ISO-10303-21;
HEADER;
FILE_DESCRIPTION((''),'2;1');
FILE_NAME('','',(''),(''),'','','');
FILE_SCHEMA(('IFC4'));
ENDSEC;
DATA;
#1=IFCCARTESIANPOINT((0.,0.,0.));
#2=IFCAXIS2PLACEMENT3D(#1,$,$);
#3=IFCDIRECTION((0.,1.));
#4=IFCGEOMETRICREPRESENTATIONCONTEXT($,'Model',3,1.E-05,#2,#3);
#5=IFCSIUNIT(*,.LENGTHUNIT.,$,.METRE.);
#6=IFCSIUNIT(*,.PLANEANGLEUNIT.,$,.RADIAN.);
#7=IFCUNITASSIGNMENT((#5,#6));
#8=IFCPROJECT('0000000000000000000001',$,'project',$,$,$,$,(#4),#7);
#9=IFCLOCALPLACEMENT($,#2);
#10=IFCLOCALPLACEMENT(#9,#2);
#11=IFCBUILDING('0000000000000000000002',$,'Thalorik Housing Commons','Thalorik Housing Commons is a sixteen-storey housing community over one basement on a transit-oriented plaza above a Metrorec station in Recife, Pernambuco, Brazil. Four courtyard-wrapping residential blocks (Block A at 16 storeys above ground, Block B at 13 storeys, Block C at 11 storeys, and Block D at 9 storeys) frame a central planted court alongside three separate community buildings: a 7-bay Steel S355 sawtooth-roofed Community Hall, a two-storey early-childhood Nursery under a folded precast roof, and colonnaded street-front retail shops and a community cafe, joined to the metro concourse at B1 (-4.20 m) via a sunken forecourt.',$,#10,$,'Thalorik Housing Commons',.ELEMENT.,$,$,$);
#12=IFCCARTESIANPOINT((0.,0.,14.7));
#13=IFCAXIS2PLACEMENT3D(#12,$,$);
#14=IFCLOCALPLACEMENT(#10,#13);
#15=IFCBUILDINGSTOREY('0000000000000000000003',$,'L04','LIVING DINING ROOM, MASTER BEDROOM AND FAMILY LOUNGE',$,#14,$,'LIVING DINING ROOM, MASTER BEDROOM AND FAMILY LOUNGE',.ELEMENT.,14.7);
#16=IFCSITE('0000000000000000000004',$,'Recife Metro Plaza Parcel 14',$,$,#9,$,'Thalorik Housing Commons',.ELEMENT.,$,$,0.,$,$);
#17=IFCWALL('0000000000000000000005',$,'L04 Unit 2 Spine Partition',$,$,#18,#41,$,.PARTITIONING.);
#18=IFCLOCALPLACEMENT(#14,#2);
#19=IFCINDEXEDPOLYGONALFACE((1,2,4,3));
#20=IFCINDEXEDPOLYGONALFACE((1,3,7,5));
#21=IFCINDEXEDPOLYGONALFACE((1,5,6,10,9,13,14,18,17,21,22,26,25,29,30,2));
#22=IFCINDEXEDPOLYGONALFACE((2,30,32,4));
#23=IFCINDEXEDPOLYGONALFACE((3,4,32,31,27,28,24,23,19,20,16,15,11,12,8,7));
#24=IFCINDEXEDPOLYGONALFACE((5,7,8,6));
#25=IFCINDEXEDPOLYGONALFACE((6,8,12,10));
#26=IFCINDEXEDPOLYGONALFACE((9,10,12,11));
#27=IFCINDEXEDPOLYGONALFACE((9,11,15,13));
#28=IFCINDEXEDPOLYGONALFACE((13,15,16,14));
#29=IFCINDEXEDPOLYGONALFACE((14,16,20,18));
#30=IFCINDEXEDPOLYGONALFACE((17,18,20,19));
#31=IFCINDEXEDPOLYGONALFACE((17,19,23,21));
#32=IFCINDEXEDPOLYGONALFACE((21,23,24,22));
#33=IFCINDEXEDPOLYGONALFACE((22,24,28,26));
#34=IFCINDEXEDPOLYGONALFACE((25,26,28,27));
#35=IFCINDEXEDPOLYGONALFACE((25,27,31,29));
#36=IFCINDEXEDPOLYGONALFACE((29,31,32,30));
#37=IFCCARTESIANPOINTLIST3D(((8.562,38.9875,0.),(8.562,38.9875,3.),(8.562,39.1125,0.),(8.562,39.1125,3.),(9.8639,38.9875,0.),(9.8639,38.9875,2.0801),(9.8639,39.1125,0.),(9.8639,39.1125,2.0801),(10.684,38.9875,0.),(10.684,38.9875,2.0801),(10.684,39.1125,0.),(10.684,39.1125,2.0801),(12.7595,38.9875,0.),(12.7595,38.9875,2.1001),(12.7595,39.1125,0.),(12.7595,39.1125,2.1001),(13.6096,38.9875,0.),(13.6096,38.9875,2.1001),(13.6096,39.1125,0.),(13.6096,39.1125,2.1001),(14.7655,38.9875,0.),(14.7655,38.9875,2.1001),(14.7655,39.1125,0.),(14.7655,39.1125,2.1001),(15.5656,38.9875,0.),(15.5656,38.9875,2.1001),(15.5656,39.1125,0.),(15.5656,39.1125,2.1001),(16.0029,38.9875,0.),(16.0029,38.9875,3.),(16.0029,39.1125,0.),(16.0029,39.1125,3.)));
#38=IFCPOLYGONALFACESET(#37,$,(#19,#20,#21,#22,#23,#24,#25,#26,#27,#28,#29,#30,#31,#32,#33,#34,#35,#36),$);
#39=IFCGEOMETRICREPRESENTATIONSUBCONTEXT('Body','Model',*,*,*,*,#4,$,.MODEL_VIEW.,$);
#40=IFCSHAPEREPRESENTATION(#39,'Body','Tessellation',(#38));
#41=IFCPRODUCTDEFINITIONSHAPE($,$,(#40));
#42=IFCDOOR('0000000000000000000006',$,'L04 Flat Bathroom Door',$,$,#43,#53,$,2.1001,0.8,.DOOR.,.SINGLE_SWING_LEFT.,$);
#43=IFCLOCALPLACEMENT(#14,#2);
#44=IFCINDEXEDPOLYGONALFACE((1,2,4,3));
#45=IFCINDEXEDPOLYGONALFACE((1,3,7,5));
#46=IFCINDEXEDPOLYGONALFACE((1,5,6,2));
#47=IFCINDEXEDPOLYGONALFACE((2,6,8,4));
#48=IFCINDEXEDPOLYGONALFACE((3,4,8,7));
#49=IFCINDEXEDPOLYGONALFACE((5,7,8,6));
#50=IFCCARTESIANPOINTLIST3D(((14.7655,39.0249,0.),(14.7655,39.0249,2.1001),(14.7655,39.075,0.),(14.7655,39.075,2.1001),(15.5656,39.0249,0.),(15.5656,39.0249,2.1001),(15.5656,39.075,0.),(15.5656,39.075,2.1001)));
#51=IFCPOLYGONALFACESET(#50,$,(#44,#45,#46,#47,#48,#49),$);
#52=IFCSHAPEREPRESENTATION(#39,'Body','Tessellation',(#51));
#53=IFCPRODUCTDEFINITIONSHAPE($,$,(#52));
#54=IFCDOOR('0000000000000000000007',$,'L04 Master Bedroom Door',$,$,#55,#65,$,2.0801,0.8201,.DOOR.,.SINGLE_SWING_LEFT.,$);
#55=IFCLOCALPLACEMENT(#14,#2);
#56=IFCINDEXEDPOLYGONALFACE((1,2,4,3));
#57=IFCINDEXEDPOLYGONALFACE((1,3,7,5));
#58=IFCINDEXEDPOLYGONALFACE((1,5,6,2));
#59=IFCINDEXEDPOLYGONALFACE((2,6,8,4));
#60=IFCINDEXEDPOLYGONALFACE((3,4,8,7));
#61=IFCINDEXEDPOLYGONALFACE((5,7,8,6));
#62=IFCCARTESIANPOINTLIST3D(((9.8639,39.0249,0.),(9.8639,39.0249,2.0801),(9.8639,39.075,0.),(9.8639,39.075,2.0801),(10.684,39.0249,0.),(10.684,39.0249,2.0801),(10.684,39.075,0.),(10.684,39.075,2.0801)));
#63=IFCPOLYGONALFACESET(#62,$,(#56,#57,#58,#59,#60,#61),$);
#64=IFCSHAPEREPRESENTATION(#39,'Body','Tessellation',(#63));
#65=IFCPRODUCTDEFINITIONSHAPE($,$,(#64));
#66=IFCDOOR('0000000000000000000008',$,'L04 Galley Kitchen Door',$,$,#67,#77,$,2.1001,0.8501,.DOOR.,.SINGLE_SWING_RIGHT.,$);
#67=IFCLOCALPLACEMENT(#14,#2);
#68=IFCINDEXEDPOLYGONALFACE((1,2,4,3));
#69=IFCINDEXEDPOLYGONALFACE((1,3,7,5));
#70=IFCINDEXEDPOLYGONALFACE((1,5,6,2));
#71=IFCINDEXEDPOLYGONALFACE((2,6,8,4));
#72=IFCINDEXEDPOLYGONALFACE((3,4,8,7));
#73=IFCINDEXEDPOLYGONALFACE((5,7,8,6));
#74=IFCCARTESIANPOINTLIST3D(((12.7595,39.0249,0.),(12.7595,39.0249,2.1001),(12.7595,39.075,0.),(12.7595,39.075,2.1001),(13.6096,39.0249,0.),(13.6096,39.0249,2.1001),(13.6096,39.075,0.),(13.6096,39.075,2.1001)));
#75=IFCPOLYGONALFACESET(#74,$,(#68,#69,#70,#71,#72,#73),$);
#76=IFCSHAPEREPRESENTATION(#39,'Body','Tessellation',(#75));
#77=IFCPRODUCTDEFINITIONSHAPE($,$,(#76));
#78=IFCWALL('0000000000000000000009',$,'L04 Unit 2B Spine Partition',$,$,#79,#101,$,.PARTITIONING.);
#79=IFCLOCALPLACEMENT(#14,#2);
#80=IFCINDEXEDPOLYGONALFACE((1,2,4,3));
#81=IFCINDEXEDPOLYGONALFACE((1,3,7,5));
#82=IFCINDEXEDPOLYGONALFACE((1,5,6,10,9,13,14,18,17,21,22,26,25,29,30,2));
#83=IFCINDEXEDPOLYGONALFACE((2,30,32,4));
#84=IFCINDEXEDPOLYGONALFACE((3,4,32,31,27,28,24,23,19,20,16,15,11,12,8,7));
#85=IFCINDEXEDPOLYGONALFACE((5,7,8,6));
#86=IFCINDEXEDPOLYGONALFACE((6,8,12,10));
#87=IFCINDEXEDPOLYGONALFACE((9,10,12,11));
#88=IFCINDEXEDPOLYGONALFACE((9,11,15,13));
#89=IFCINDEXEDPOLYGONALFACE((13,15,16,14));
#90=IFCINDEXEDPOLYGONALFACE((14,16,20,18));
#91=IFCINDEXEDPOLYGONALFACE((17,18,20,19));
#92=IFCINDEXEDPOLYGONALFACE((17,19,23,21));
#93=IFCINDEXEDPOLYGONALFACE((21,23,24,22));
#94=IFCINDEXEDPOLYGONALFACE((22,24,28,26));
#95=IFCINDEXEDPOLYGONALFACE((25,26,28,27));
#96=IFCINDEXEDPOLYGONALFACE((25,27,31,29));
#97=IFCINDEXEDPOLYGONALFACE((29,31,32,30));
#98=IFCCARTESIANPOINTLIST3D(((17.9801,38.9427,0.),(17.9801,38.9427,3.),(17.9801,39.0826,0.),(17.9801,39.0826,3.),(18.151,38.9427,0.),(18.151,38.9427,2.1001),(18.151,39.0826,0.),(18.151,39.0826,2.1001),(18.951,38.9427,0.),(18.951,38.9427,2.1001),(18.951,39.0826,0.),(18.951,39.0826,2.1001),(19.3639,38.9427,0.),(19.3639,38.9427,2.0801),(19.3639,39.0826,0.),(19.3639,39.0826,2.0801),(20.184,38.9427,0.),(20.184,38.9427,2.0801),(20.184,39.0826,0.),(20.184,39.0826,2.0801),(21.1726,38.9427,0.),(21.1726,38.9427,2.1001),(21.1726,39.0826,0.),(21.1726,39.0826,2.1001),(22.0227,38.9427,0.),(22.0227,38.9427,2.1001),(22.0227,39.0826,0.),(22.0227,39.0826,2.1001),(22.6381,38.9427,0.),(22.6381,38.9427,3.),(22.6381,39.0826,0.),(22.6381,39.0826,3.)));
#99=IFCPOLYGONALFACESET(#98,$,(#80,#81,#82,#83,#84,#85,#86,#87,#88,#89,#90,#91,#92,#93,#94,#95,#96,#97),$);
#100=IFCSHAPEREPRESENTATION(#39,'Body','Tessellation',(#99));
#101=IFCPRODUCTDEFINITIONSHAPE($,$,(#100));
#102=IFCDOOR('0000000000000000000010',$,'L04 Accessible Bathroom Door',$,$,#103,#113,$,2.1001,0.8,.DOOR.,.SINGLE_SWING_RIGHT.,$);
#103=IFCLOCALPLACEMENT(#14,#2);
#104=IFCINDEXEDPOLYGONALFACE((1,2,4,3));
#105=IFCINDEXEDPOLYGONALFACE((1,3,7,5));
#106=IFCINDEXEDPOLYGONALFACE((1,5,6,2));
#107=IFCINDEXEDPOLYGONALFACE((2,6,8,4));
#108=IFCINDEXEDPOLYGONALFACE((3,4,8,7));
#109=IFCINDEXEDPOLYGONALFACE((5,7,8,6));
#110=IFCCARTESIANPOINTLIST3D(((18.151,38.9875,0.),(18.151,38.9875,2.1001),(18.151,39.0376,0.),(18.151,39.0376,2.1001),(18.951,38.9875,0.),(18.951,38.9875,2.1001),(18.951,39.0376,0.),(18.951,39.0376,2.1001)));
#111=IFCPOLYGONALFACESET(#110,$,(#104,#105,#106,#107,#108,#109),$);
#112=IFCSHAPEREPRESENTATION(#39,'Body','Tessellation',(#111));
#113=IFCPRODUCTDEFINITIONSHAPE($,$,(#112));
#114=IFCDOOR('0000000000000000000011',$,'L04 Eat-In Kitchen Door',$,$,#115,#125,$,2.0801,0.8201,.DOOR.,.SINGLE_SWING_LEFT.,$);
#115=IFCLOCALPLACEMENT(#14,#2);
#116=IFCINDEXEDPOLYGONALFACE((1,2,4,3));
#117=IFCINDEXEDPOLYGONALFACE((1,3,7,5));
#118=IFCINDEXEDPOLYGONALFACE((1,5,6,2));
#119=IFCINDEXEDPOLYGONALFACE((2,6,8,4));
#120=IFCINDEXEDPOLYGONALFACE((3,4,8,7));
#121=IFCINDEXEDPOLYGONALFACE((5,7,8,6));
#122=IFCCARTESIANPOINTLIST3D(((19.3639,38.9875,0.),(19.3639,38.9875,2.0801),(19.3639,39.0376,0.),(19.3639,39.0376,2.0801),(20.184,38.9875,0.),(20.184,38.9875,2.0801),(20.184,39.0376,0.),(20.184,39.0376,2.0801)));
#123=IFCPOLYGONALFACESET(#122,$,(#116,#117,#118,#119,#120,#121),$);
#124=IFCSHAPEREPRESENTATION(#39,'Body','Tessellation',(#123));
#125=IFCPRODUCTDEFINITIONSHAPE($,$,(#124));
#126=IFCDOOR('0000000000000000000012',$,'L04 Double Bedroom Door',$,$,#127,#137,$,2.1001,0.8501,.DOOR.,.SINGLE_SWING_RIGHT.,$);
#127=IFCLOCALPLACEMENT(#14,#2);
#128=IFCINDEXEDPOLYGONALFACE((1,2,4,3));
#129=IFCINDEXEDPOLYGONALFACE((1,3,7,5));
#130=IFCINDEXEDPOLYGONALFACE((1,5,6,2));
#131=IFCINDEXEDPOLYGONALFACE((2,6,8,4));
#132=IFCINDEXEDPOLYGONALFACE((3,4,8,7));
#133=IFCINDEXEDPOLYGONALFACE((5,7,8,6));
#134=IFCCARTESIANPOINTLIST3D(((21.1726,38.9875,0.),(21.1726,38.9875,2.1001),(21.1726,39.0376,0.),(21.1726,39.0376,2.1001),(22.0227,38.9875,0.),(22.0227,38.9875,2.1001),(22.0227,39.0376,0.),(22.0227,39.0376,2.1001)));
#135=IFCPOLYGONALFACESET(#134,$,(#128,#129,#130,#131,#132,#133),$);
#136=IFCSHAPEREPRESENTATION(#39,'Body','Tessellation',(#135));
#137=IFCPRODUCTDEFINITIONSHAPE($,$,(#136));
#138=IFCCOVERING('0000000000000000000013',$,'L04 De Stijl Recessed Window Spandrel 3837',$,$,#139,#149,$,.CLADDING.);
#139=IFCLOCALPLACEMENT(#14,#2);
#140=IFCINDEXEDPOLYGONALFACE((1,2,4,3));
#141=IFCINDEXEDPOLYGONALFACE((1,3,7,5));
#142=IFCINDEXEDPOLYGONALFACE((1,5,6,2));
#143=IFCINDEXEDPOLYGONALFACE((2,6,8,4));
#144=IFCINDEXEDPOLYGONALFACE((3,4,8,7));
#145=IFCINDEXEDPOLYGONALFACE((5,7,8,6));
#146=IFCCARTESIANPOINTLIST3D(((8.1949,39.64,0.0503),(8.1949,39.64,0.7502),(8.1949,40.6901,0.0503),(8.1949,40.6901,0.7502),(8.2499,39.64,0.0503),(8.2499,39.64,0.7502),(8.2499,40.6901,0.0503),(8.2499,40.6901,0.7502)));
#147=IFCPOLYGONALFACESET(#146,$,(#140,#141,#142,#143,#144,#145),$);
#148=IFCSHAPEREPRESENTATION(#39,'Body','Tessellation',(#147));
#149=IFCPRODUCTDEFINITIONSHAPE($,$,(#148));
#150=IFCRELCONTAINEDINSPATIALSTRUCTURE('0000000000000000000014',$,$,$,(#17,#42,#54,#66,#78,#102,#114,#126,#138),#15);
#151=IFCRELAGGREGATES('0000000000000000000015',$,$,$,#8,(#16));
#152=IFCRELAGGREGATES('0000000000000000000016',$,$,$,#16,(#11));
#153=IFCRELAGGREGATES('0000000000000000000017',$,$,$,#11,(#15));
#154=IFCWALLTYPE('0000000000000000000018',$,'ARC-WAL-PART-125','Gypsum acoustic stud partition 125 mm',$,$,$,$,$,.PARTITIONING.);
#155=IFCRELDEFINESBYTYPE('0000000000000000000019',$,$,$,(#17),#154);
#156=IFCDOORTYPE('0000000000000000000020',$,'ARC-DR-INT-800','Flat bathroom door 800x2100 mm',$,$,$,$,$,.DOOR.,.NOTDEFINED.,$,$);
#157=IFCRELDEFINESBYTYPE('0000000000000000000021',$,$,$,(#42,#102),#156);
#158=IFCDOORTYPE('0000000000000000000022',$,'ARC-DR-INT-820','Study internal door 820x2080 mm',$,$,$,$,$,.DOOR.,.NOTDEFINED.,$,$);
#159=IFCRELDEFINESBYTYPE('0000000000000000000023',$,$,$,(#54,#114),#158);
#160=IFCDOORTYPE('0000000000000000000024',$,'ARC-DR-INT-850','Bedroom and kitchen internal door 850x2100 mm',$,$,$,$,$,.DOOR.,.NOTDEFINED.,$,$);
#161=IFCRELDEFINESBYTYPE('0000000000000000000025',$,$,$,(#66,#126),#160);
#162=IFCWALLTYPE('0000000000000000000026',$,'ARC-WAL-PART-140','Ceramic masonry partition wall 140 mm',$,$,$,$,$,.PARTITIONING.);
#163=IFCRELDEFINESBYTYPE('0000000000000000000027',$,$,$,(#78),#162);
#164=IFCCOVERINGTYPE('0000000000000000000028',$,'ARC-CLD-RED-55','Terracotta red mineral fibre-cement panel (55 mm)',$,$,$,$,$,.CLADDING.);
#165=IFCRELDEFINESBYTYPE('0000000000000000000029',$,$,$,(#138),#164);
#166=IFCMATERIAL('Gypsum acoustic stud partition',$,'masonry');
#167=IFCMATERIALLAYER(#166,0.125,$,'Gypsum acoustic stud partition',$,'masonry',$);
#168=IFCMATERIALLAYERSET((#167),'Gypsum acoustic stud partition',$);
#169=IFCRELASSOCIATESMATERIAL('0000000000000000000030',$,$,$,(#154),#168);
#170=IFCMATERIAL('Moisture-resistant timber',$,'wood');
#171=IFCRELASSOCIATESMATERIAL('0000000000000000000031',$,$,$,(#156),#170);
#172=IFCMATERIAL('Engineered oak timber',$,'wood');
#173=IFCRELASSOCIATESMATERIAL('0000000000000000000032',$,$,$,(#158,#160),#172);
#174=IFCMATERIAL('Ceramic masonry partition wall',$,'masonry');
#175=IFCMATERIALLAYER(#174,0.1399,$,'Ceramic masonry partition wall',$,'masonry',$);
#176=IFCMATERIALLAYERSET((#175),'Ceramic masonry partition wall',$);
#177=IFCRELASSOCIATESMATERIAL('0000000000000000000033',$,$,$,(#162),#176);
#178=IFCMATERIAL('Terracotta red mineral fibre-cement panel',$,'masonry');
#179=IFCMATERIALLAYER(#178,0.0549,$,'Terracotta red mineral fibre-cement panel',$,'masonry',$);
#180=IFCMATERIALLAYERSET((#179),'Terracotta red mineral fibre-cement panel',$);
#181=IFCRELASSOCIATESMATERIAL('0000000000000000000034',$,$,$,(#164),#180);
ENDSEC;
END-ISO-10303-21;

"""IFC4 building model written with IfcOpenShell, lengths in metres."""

from ifc_helpers import new_model, si_unit, direction, frame, frame_2d, origin, origin_2d, place, context, subcontext, project, spatial, rectangle, extrude, material, layer, layer_set, type_object, element, fill, save


model = new_model("IFC4")

# Units and contexts
model_context = context("Model", 3, precision=1e-05, world=origin(), true_north=direction((0.0, 1.0)))
body_context = subcontext(model_context, "Body", "Model", "MODEL_VIEW")
ifc_project = project(units=[si_unit("LENGTHUNIT", "METRE"), si_unit("PLANEANGLEUNIT", "RADIAN")], contexts=[model_context])

# Site, building, storey
site_placement = place(None, origin())
site = spatial("IfcSite", under=ifc_project, at=site_placement, Name="Recife Metro Plaza Parcel 14", LongName="Thalorik Housing Commons", CompositionType="ELEMENT", RefElevation=0.0)
building_placement = place(site_placement, origin())
building = spatial("IfcBuilding", under=site, at=building_placement, Name="Thalorik Housing Commons", Description="Thalorik Housing Commons is a sixteen-storey housing community over one basement on a transit-oriented plaza above a Metrorec station in Recife, Pernambuco, Brazil. Four courtyard-wrapping residential blocks (Block A at 16 storeys above ground, Block B at 13 storeys, Block C at 11 storeys, and Block D at 9 storeys) frame a central planted court alongside three separate community buildings: a 7-bay Steel S355 sawtooth-roofed Community Hall, a two-storey early-childhood Nursery under a folded precast roof, and colonnaded street-front retail shops and a community cafe, joined to the metro concourse at B1 (-4.20 m) via a sunken forecourt.", LongName="Thalorik Housing Commons", CompositionType="ELEMENT")
storey_placement = place(building_placement, frame((0.0, 0.0, 14.7)))
storey = spatial("IfcBuildingStorey", under=building, at=storey_placement, Name="L04", Description="LIVING DINING ROOM, MASTER BEDROOM AND FAMILY LOUNGE", LongName="LIVING DINING ROOM, MASTER BEDROOM AND FAMILY LOUNGE", CompositionType="ELEMENT", Elevation=14.7)

# Walls, openings, doors
ifc_material_1 = material(Name="Gypsum acoustic stud partition", Category="masonry")
ifc_layer_1 = layer(ifc_material_1, 0.125, Name="Gypsum acoustic stud partition", Category="masonry")
ifc_layer_set_1 = layer_set([ifc_layer_1], Name="Gypsum acoustic stud partition")
wall_type_1 = type_object("IfcWallType", Name="ARC-WAL-PART-125", Description="Gypsum acoustic stud partition 125 mm", PredefinedType="PARTITIONING", material=ifc_layer_set_1)
wall_1_placement = place(storey_placement, frame((8.562, 39.05, 0.0), z_axis=(0.0, 0.0, 1.0), x_axis=(1.0, 0.0, 0.0)))
wall_1 = element("IfcWall", 1, at=wall_1_placement, inside=storey, type_object=wall_type_1, Name="L04 Unit 2 Spine Partition", PredefinedType="PARTITIONING", context=body_context, shape_type="SweptSolid", body=[
    extrude(rectangle(XDim=7.4409, YDim=0.125, at=frame_2d((3.7205, 0.0))), origin(), (0.0, 0.0, 1.0), 3.0),
])
opening_1_placement = place(wall_1_placement, frame((1.3018, 0.0, 0.0)))
opening_1 = element("IfcOpeningElement", 2, at=opening_1_placement, cuts=wall_1, PredefinedType="OPENING", context=body_context, shape_type="SweptSolid", body=[
    extrude(rectangle(XDim=0.8201, YDim=2.0801, at=frame_2d((0.4102, 1.04))), frame((0.0, 0.0725, 0.0), z_axis=(0.0, -1.0, 0.0), x_axis=(1.0, 0.0, 0.0)), (0.0, 0.0, 1.0), 0.145),
])
opening_2_placement = place(wall_1_placement, frame((4.1975, 0.0, 0.0)))
opening_2 = element("IfcOpeningElement", 3, at=opening_2_placement, cuts=wall_1, PredefinedType="OPENING", context=body_context, shape_type="SweptSolid", body=[
    extrude(rectangle(XDim=0.8501, YDim=2.1001, at=frame_2d((0.425, 1.05))), frame((0.0, 0.0725, 0.0), z_axis=(0.0, -1.0, 0.0), x_axis=(1.0, 0.0, 0.0)), (0.0, 0.0, 1.0), 0.145),
])
opening_3_placement = place(wall_1_placement, frame((6.2036, 0.0, 0.0)))
opening_3 = element("IfcOpeningElement", 4, at=opening_3_placement, cuts=wall_1, PredefinedType="OPENING", context=body_context, shape_type="SweptSolid", body=[
    extrude(rectangle(XDim=0.8, YDim=2.1001, at=frame_2d((0.3999, 1.05))), frame((0.0, 0.0725, 0.0), z_axis=(0.0, -1.0, 0.0), x_axis=(1.0, 0.0, 0.0)), (0.0, 0.0, 1.0), 0.145),
])
ifc_material_2 = material(Name="Moisture-resistant timber", Category="wood")
door_type_1 = type_object("IfcDoorType", Name="ARC-DR-INT-800", Description="Flat bathroom door 800x2100 mm", OperationType="NOTDEFINED", PredefinedType="DOOR", material=ifc_material_2)
door_1_placement = place(opening_3_placement, origin())
door_1 = element("IfcDoor", 5, at=door_1_placement, inside=storey, type_object=door_type_1, Name="L04 Flat Bathroom Door", OperationType="SINGLE_SWING_LEFT", OverallHeight=2.1001, OverallWidth=0.8, PredefinedType="DOOR", context=body_context, shape_type="SweptSolid", body=[
    extrude(rectangle(XDim=0.8, YDim=2.1001, at=frame_2d((0.3999, 1.05))), frame((0.0, 0.0249, 0.0), z_axis=(0.0, -1.0, 0.0), x_axis=(1.0, 0.0, 0.0)), (0.0, 0.0, 1.0), 0.05),
])
fill(opening_3, door_1)
ifc_material_3 = material(Name="Engineered oak timber", Category="wood")
door_type_2 = type_object("IfcDoorType", Name="ARC-DR-INT-820", Description="Study internal door 820x2080 mm", OperationType="NOTDEFINED", PredefinedType="DOOR", material=ifc_material_3)
door_2_placement = place(opening_1_placement, origin())
door_2 = element("IfcDoor", 6, at=door_2_placement, inside=storey, type_object=door_type_2, Name="L04 Master Bedroom Door", OperationType="SINGLE_SWING_LEFT", OverallHeight=2.0801, OverallWidth=0.8201, PredefinedType="DOOR", context=body_context, shape_type="SweptSolid", body=[
    extrude(rectangle(XDim=0.8201, YDim=2.0801, at=frame_2d((0.4102, 1.04))), frame((0.0, 0.0249, 0.0), z_axis=(0.0, -1.0, 0.0), x_axis=(1.0, 0.0, 0.0)), (0.0, 0.0, 1.0), 0.05),
])
fill(opening_1, door_2)
door_type_3 = type_object("IfcDoorType", Name="ARC-DR-INT-850", Description="Bedroom and kitchen internal door 850x2100 mm", OperationType="NOTDEFINED", PredefinedType="DOOR", material=ifc_material_3)
door_3_placement = place(opening_2_placement, origin())
door_3 = element("IfcDoor", 7, at=door_3_placement, inside=storey, type_object=door_type_3, Name="L04 Galley Kitchen Door", OperationType="SINGLE_SWING_RIGHT", OverallHeight=2.1001, OverallWidth=0.8501, PredefinedType="DOOR", context=body_context, shape_type="SweptSolid", body=[
    extrude(rectangle(XDim=0.8501, YDim=2.1001, at=frame_2d((0.425, 1.05))), frame((0.0, 0.0249, 0.0), z_axis=(0.0, -1.0, 0.0), x_axis=(1.0, 0.0, 0.0)), (0.0, 0.0, 1.0), 0.05),
])
fill(opening_2, door_3)
ifc_material_4 = material(Name="Ceramic masonry partition wall", Category="masonry")
ifc_layer_2 = layer(ifc_material_4, 0.1399, Name="Ceramic masonry partition wall", Category="masonry")
ifc_layer_set_2 = layer_set([ifc_layer_2], Name="Ceramic masonry partition wall")
wall_type_2 = type_object("IfcWallType", Name="ARC-WAL-PART-140", Description="Ceramic masonry partition wall 140 mm", PredefinedType="PARTITIONING", material=ifc_layer_set_2)
wall_2_placement = place(storey_placement, frame((17.98, 39.0127, 0.0), z_axis=(0.0, 0.0, 1.0), x_axis=(1.0, 0.0, 0.0)))
wall_2 = element("IfcWall", 8, at=wall_2_placement, inside=storey, type_object=wall_type_2, Name="L04 Unit 2B Spine Partition", PredefinedType="PARTITIONING", context=body_context, shape_type="SweptSolid", body=[
    extrude(rectangle(XDim=4.658, YDim=0.1399, at=frame_2d((2.3291, 0.0))), origin(), (0.0, 0.0, 1.0), 3.0),
])
opening_4_placement = place(wall_2_placement, frame((0.1711, 0.0, 0.0)))
opening_4 = element("IfcOpeningElement", 9, at=opening_4_placement, cuts=wall_2, PredefinedType="OPENING", context=body_context, shape_type="SweptSolid", body=[
    extrude(rectangle(XDim=0.8, YDim=2.1001, at=frame_2d((0.3999, 1.05))), frame((0.0, 0.0801, 0.0), z_axis=(0.0, -1.0, 0.0), x_axis=(1.0, 0.0, 0.0)), (0.0, 0.0, 1.0), 0.1599),
])
opening_5_placement = place(wall_2_placement, frame((1.3838, 0.0, 0.0)))
opening_5 = element("IfcOpeningElement", 10, at=opening_5_placement, cuts=wall_2, PredefinedType="OPENING", context=body_context, shape_type="SweptSolid", body=[
    extrude(rectangle(XDim=0.8201, YDim=2.0801, at=frame_2d((0.4102, 1.04))), frame((0.0, 0.0801, 0.0), z_axis=(0.0, -1.0, 0.0), x_axis=(1.0, 0.0, 0.0)), (0.0, 0.0, 1.0), 0.1599),
])
opening_6_placement = place(wall_2_placement, frame((3.1926, 0.0, 0.0)))
opening_6 = element("IfcOpeningElement", 11, at=opening_6_placement, cuts=wall_2, PredefinedType="OPENING", context=body_context, shape_type="SweptSolid", body=[
    extrude(rectangle(XDim=0.8501, YDim=2.1001, at=frame_2d((0.425, 1.05))), frame((0.0, 0.0801, 0.0), z_axis=(0.0, -1.0, 0.0), x_axis=(1.0, 0.0, 0.0)), (0.0, 0.0, 1.0), 0.1599),
])
door_4_placement = place(opening_4_placement, origin())
door_4 = element("IfcDoor", 12, at=door_4_placement, inside=storey, type_object=door_type_1, Name="L04 Accessible Bathroom Door", OperationType="SINGLE_SWING_RIGHT", OverallHeight=2.1001, OverallWidth=0.8, PredefinedType="DOOR", context=body_context, shape_type="SweptSolid", body=[
    extrude(rectangle(XDim=0.8, YDim=2.1001, at=frame_2d((0.3999, 1.05))), frame((0.0, 0.0249, 0.0), z_axis=(0.0, -1.0, 0.0), x_axis=(1.0, 0.0, 0.0)), (0.0, 0.0, 1.0), 0.05),
])
fill(opening_4, door_4)
door_5_placement = place(opening_5_placement, origin())
door_5 = element("IfcDoor", 13, at=door_5_placement, inside=storey, type_object=door_type_2, Name="L04 Eat-In Kitchen Door", OperationType="SINGLE_SWING_LEFT", OverallHeight=2.0801, OverallWidth=0.8201, PredefinedType="DOOR", context=body_context, shape_type="SweptSolid", body=[
    extrude(rectangle(XDim=0.8201, YDim=2.0801, at=frame_2d((0.4102, 1.04))), frame((0.0, 0.0249, 0.0), z_axis=(0.0, -1.0, 0.0), x_axis=(1.0, 0.0, 0.0)), (0.0, 0.0, 1.0), 0.05),
])
fill(opening_5, door_5)
door_6_placement = place(opening_6_placement, origin())
door_6 = element("IfcDoor", 14, at=door_6_placement, inside=storey, type_object=door_type_3, Name="L04 Double Bedroom Door", OperationType="SINGLE_SWING_RIGHT", OverallHeight=2.1001, OverallWidth=0.8501, PredefinedType="DOOR", context=body_context, shape_type="SweptSolid", body=[
    extrude(rectangle(XDim=0.8501, YDim=2.1001, at=frame_2d((0.425, 1.05))), frame((0.0, 0.0249, 0.0), z_axis=(0.0, -1.0, 0.0), x_axis=(1.0, 0.0, 0.0)), (0.0, 0.0, 1.0), 0.05),
])
fill(opening_6, door_6)

# Covering
ifc_material_5 = material(Name="Terracotta red mineral fibre-cement panel", Category="masonry")
ifc_layer_3 = layer(ifc_material_5, 0.0549, Name="Terracotta red mineral fibre-cement panel", Category="masonry")
ifc_layer_set_3 = layer_set([ifc_layer_3], Name="Terracotta red mineral fibre-cement panel")
covering_type = type_object("IfcCoveringType", Name="ARC-CLD-RED-55", Description="Terracotta red mineral fibre-cement panel (55 mm)", PredefinedType="CLADDING", material=ifc_layer_set_3)
covering_placement = place(storey_placement, frame((8.2224, 40.165, 0.0503), z_axis=(0.0, 0.0, 1.0), x_axis=(0.0, -1.0, 0.0)))
element("IfcCovering", 15, at=covering_placement, inside=storey, type_object=covering_type, Name="L04 De Stijl Recessed Window Spandrel 3837", PredefinedType="CLADDING", context=body_context, shape_type="SweptSolid", body=[
    extrude(rectangle(XDim=1.05, YDim=0.0549, at=origin_2d()), origin(), (0.0, 0.0, 1.0), 0.7),
])

save(model, "model.ifc")
